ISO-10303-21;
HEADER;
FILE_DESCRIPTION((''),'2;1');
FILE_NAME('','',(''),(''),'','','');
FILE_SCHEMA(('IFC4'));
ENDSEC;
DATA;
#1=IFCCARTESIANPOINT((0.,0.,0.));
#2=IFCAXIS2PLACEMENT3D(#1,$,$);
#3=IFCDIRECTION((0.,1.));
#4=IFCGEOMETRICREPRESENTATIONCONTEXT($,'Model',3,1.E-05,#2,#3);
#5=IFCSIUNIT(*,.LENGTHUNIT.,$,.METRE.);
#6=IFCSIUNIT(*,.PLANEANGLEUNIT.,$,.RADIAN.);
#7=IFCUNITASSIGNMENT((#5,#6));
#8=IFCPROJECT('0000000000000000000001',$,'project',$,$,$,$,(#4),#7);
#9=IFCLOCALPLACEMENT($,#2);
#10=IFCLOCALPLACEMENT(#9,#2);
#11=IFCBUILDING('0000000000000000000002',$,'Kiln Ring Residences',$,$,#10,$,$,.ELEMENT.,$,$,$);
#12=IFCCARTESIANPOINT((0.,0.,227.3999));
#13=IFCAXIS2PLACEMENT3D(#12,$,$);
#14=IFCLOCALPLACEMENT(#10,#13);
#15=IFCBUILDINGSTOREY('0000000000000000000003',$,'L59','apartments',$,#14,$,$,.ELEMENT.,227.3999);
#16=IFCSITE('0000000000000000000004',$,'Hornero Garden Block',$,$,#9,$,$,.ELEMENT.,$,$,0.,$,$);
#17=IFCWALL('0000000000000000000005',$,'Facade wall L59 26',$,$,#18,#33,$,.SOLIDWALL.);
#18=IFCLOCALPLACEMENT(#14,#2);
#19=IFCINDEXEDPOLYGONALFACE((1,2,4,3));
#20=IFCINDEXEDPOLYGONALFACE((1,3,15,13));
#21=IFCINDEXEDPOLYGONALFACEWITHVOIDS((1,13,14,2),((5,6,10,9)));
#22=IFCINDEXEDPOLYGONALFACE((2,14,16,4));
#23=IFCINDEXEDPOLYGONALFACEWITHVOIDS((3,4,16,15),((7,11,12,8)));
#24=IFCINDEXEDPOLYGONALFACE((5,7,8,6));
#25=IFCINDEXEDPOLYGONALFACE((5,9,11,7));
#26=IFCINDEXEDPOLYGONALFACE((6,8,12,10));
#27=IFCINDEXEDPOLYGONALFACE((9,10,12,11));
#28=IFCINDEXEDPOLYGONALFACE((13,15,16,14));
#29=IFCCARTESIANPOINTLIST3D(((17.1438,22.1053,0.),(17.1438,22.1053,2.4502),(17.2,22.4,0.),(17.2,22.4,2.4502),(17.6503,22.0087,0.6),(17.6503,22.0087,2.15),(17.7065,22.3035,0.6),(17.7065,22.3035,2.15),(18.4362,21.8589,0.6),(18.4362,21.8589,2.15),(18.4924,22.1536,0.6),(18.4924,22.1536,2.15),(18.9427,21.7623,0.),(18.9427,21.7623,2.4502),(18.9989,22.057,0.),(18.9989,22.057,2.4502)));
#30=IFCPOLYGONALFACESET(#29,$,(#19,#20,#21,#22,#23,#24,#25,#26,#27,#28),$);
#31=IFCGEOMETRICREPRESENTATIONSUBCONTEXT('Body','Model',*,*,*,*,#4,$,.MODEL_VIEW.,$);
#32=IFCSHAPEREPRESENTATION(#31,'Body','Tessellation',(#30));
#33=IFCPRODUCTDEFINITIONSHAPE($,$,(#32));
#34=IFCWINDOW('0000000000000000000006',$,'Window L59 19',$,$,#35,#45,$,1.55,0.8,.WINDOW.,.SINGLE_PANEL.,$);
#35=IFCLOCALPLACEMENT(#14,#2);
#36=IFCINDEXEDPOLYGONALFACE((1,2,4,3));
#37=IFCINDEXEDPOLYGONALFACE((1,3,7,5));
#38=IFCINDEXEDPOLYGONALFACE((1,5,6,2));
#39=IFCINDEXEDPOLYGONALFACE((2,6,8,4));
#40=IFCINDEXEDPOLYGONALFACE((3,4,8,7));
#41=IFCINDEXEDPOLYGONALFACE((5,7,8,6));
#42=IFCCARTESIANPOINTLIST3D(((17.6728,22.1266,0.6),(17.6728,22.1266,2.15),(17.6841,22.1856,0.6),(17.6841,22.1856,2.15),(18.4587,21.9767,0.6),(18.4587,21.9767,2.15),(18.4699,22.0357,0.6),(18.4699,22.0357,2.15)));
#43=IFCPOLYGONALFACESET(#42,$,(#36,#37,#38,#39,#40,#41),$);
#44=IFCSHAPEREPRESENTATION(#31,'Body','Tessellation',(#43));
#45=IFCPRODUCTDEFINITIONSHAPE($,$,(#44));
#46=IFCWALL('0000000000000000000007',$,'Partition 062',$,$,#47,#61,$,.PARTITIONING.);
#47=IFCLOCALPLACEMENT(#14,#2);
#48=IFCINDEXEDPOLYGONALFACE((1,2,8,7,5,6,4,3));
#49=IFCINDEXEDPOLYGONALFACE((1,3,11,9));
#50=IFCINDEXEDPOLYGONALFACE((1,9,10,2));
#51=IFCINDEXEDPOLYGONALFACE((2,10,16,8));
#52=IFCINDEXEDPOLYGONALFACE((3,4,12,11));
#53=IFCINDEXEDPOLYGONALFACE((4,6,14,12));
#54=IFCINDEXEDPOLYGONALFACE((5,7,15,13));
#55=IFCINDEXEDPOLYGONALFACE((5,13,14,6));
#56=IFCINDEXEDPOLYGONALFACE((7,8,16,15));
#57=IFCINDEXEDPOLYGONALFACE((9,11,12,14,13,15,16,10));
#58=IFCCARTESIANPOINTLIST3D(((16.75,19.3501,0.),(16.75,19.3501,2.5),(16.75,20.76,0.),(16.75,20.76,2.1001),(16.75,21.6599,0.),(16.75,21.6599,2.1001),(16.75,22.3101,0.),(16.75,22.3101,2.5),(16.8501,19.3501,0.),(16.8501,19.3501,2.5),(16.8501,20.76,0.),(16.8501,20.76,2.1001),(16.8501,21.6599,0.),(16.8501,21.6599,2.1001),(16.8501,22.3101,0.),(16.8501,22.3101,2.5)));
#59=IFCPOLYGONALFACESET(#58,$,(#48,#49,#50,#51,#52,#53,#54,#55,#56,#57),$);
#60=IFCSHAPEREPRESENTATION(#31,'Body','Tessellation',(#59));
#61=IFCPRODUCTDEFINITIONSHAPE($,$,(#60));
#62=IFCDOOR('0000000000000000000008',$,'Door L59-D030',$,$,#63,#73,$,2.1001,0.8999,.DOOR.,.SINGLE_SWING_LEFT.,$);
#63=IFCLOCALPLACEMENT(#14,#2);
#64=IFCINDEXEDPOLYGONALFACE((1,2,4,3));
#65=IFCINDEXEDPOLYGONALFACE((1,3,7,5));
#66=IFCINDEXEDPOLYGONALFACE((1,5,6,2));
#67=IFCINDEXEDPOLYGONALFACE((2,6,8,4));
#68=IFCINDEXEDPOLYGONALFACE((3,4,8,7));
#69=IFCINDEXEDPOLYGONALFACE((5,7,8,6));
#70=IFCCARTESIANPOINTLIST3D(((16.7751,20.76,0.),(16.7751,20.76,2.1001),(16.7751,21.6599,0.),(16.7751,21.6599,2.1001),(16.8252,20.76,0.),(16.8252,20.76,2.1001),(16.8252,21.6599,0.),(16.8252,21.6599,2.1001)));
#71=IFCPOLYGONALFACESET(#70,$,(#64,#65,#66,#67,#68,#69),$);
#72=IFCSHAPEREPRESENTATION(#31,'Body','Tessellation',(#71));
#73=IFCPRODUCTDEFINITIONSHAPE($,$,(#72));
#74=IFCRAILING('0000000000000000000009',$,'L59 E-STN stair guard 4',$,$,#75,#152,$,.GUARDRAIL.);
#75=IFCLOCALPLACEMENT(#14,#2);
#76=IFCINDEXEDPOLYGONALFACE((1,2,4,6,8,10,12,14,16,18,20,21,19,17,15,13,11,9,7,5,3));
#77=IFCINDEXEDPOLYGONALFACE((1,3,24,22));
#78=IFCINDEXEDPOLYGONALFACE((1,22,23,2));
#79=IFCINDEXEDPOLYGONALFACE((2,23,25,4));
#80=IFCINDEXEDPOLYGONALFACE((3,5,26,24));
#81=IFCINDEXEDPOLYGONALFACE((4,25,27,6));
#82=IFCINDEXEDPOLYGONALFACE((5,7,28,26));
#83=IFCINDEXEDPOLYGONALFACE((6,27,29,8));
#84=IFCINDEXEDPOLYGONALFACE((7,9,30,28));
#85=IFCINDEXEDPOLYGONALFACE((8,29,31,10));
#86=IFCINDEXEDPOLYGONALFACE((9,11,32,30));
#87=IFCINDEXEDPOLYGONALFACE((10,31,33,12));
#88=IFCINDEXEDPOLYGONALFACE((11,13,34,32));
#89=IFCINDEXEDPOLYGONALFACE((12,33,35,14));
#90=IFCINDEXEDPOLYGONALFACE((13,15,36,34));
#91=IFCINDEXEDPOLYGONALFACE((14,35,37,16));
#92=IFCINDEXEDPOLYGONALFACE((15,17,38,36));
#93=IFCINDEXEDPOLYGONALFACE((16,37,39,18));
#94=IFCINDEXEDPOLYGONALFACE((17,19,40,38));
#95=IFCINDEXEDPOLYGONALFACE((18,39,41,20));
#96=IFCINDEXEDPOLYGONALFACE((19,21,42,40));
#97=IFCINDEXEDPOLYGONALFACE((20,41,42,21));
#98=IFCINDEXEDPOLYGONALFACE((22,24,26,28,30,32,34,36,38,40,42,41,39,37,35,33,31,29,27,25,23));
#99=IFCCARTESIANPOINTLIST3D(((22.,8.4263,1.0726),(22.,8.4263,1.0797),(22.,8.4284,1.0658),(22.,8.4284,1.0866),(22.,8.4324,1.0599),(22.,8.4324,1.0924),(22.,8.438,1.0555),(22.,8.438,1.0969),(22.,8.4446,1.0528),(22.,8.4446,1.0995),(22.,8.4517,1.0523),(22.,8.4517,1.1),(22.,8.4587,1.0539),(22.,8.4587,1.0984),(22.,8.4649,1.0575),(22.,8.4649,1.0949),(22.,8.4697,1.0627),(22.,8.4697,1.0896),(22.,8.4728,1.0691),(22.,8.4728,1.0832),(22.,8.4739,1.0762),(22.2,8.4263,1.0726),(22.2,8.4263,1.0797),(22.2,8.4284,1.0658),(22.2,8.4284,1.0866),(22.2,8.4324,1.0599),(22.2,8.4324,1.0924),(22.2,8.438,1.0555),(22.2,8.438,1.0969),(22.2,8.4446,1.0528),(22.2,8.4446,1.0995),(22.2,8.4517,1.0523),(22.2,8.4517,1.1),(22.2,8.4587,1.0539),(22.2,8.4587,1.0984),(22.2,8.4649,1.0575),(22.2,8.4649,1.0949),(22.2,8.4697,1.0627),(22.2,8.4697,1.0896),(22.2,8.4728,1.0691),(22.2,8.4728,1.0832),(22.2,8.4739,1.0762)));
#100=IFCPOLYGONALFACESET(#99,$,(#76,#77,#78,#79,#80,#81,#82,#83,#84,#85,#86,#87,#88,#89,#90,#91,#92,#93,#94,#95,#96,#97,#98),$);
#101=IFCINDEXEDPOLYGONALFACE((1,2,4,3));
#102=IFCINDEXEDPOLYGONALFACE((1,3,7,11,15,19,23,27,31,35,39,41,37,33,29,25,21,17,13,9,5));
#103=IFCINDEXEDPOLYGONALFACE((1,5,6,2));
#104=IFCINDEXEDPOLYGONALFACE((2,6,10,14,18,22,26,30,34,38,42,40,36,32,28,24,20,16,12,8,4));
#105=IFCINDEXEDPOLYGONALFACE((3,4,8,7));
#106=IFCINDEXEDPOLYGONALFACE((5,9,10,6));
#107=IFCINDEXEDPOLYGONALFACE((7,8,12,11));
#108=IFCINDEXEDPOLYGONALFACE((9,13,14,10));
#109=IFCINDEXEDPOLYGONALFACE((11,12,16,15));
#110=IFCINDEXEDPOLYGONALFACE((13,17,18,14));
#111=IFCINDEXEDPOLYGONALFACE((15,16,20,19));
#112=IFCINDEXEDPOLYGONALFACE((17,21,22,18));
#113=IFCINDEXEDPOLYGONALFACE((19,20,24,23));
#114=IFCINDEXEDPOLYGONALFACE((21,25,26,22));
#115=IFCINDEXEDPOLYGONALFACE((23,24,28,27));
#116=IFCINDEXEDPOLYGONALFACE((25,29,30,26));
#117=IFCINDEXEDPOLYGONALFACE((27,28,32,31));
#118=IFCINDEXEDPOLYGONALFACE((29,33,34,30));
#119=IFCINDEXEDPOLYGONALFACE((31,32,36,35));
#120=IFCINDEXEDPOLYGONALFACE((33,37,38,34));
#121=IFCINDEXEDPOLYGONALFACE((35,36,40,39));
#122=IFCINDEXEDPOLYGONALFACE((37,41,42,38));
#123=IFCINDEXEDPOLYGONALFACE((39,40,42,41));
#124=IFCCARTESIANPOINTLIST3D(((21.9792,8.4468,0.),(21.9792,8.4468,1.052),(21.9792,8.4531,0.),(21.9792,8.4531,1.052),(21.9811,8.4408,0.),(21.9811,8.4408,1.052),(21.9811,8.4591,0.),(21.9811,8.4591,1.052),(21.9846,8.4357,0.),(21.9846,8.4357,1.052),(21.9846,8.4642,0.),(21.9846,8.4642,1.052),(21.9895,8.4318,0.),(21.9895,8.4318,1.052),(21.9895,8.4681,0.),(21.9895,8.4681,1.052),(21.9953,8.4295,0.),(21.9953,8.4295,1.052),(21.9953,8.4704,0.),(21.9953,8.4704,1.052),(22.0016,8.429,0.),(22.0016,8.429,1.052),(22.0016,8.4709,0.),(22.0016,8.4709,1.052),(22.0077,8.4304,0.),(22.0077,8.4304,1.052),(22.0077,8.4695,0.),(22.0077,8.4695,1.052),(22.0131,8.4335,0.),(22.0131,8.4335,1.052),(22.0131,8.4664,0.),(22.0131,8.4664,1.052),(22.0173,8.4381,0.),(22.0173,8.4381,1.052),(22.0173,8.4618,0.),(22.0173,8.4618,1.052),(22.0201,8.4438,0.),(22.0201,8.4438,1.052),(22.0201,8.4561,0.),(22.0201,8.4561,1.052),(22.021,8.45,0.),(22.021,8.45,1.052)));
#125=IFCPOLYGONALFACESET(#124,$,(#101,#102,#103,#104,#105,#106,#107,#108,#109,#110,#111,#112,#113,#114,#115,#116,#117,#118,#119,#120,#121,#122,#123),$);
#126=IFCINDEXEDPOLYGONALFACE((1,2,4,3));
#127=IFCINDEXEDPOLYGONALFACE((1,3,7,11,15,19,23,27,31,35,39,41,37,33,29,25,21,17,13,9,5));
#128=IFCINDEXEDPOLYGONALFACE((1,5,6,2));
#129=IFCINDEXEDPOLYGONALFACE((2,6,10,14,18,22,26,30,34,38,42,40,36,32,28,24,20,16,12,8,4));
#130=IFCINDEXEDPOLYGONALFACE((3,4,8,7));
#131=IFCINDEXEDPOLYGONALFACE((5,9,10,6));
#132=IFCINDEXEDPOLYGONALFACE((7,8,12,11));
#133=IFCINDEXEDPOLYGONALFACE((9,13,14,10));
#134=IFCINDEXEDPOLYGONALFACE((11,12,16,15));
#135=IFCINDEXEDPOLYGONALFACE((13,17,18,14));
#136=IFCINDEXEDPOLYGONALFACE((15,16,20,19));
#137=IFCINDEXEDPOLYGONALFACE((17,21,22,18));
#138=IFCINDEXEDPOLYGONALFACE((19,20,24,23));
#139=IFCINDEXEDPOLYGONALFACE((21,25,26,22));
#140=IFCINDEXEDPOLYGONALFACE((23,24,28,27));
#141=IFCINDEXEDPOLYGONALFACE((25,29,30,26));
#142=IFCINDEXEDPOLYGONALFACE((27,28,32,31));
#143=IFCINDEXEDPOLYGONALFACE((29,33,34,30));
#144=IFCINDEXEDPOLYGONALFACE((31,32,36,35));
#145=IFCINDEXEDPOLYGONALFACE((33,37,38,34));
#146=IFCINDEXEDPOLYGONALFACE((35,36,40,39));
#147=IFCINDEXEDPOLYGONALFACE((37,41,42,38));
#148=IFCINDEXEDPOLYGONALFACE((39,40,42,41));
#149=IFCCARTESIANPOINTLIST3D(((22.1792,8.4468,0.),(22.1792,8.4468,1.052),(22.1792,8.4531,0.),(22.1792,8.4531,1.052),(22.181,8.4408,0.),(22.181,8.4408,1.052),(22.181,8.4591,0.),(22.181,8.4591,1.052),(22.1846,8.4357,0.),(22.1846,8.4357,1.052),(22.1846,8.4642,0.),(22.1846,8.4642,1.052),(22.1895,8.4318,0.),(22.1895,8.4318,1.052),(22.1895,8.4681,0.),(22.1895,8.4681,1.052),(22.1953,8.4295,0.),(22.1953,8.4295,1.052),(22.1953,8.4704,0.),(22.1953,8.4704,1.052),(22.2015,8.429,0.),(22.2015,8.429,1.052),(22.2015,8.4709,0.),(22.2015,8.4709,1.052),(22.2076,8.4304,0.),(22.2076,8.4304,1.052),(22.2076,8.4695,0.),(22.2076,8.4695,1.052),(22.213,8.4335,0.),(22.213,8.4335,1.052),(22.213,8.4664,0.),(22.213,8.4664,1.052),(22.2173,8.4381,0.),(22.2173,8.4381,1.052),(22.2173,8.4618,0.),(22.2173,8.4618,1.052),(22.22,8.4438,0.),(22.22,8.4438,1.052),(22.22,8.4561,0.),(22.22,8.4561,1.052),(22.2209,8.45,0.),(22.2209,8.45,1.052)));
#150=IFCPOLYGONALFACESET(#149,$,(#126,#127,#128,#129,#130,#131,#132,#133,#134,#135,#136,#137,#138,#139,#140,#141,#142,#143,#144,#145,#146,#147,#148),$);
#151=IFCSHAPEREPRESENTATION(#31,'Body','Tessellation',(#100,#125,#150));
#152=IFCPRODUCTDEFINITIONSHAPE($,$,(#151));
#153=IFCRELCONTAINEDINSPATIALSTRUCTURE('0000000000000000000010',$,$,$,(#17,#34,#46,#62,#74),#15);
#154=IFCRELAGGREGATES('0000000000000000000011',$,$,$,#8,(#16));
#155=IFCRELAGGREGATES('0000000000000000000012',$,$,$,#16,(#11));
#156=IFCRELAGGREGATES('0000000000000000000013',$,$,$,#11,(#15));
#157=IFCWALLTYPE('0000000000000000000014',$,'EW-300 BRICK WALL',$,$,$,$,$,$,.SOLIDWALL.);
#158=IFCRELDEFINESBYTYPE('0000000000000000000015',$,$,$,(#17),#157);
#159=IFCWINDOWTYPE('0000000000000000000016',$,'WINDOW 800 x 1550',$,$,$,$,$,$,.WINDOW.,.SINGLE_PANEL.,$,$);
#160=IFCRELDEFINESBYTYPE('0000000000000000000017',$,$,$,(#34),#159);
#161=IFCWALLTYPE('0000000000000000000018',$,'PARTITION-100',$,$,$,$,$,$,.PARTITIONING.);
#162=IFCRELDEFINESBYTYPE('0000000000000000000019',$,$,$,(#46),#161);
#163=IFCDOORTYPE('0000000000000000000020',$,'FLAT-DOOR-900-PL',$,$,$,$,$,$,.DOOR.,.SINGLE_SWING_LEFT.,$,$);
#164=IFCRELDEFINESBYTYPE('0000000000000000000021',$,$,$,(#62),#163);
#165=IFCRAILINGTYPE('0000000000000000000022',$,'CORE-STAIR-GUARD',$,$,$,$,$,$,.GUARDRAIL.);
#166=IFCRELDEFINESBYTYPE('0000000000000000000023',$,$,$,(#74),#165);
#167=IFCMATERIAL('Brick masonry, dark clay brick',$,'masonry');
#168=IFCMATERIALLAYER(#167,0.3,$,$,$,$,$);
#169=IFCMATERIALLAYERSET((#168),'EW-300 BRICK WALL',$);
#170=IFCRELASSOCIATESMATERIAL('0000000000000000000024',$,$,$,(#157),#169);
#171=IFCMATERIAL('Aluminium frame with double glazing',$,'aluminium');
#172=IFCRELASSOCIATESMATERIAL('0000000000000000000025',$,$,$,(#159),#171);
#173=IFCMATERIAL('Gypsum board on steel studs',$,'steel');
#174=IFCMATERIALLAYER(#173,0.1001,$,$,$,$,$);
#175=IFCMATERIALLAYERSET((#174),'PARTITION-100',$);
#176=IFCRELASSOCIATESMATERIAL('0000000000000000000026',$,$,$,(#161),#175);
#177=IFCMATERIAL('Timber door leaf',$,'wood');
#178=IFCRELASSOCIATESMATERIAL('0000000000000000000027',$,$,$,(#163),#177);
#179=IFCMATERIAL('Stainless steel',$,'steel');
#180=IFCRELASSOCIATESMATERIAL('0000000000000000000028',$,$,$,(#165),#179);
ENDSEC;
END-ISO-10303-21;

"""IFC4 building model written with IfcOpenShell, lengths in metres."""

from ifc_helpers import new_model, si_unit, direction, frame, frame_2d, origin, origin_2d, place, context, subcontext, project, spatial, rectangle, circle, extrude, material, layer, layer_set, type_object, element, fill, save


model = new_model("IFC4")

# Units and contexts
model_context = context("Model", 3, precision=1e-05, world=origin(), true_north=direction((0.0, 1.0)))
body_context = subcontext(model_context, "Body", "Model", "MODEL_VIEW")
ifc_project = project(units=[si_unit("LENGTHUNIT", "METRE"), si_unit("PLANEANGLEUNIT", "RADIAN")], contexts=[model_context])

# Site, building, storey
site_placement = place(None, origin())
site = spatial("IfcSite", under=ifc_project, at=site_placement, Name="Hornero Garden Block", CompositionType="ELEMENT", RefElevation=0.0)
building_placement = place(site_placement, origin())
building = spatial("IfcBuilding", under=site, at=building_placement, Name="Kiln Ring Residences", CompositionType="ELEMENT")
storey_placement = place(building_placement, frame((0.0, 0.0, 227.3999)))
storey = spatial("IfcBuildingStorey", under=building, at=storey_placement, Name="L59", Description="apartments", CompositionType="ELEMENT", Elevation=227.3999)

# Shared definitions
ifc_material_1 = material(Name="Brick masonry, dark clay brick", Category="masonry")
ifc_layer_1 = layer(ifc_material_1, 0.3)
ifc_layer_set_1 = layer_set([ifc_layer_1], Name="EW-300 BRICK WALL")
wall_type_1 = type_object("IfcWallType", Name="EW-300 BRICK WALL", PredefinedType="SOLIDWALL", material=ifc_layer_set_1)

# Shared definitions
ifc_material_2 = material(Name="Aluminium frame with double glazing", Category="aluminium")
window_type = type_object("IfcWindowType", Name="WINDOW 800 x 1550", PartitioningType="SINGLE_PANEL", PredefinedType="WINDOW", material=ifc_material_2)

# Wall, opening, window
wall_1_placement = place(storey_placement, frame((18.9707, 21.9097, 0.0), z_axis=(0.0, 0.0, 1.0), x_axis=(-0.9823, 0.187314, 0.0)))
wall_1 = element("IfcWall", 1, at=wall_1_placement, inside=storey, type_object=wall_type_1, Name="Facade wall L59 26", PredefinedType="SOLIDWALL", context=body_context, shape_type="SweptSolid", body=[
    extrude(rectangle(XDim=1.8313, YDim=0.3, at=frame_2d((0.9155, 0.0))), origin(), (0.0, 0.0, 1.0), 2.4502),
])
opening_1_placement = place(wall_1_placement, frame((0.5156, 0.0, 0.6001)))
opening_1 = element("IfcOpeningElement", 2, at=opening_1_placement, cuts=wall_1, PredefinedType="OPENING", context=body_context, shape_type="SweptSolid", body=[
    extrude(rectangle(XDim=0.8, YDim=1.55, at=frame_2d((0.3999, 0.7749))), frame((0.0, 0.1599, 0.0), z_axis=(0.0, -1.0, 0.0), x_axis=(1.0, 0.0, 0.0)), (0.0, 0.0, 1.0), 0.3201),
])
window_1_placement = place(opening_1_placement, origin())
window_1 = element("IfcWindow", 3, at=window_1_placement, inside=storey, type_object=window_type, Name="Window L59 19", OverallHeight=1.55, OverallWidth=0.8, PartitioningType="SINGLE_PANEL", PredefinedType="WINDOW", context=body_context, shape_type="SweptSolid", body=[
    extrude(rectangle(XDim=0.8, YDim=1.55, at=frame_2d((0.3999, 0.7749))), frame((0.0, 0.03, 0.0), z_axis=(0.0, -1.0, 0.0), x_axis=(1.0, 0.0, 0.0)), (0.0, 0.0, 1.0), 0.0601),
])
fill(opening_1, window_1)

# Wall, opening, door
ifc_material_3 = material(Name="Gypsum board on steel studs", Category="steel")
ifc_layer_2 = layer(ifc_material_3, 0.1001)
ifc_layer_set_2 = layer_set([ifc_layer_2], Name="PARTITION-100")
wall_type_2 = type_object("IfcWallType", Name="PARTITION-100", PredefinedType="PARTITIONING", material=ifc_layer_set_2)
wall_2_placement = place(storey_placement, frame((16.8, 19.3501, 0.0), z_axis=(0.0, 0.0, 1.0), x_axis=(0.0, 1.0, 0.0)))
wall_2 = element("IfcWall", 4, at=wall_2_placement, inside=storey, type_object=wall_type_2, Name="Partition 062", PredefinedType="PARTITIONING", context=body_context, shape_type="SweptSolid", body=[
    extrude(rectangle(XDim=2.96, YDim=0.1001, at=frame_2d((1.48, 0.0))), origin(), (0.0, 0.0, 1.0), 2.5),
])
opening_2_placement = place(wall_2_placement, frame((1.4099, 0.0, 0.0)))
opening_2 = element("IfcOpeningElement", 5, at=opening_2_placement, cuts=wall_2, PredefinedType="OPENING", context=body_context, shape_type="SweptSolid", body=[
    extrude(rectangle(XDim=0.8999, YDim=2.1001, at=frame_2d((0.45, 1.05))), frame((0.0, 0.0601, 0.0), z_axis=(0.0, -1.0, 0.0), x_axis=(1.0, 0.0, 0.0)), (0.0, 0.0, 1.0), 0.1201),
])
ifc_material_4 = material(Name="Timber door leaf", Category="wood")
door_type_1 = type_object("IfcDoorType", Name="FLAT-DOOR-900-PL", OperationType="SINGLE_SWING_LEFT", PredefinedType="DOOR", material=ifc_material_4)
door_1_placement = place(opening_2_placement, origin())
door_1 = element("IfcDoor", 6, at=door_1_placement, inside=storey, type_object=door_type_1, Name="Door L59-D030", OperationType="SINGLE_SWING_LEFT", OverallHeight=2.1001, OverallWidth=0.8999, PredefinedType="DOOR", context=body_context, shape_type="SweptSolid", body=[
    extrude(rectangle(XDim=0.8999, YDim=2.1001, at=frame_2d((0.45, 1.05))), frame((0.0, 0.0249, 0.0), z_axis=(0.0, -1.0, 0.0), x_axis=(1.0, 0.0, 0.0)), (0.0, 0.0, 1.0), 0.05),
])
fill(opening_2, door_1)

# Railing
ifc_material_5 = material(Name="Stainless steel", Category="steel")
railing_type = type_object("IfcRailingType", Name="CORE-STAIR-GUARD", PredefinedType="GUARDRAIL", material=ifc_material_5)
railing_placement = place(storey_placement, frame((22.0, 8.45, 0.0)))
element("IfcRailing", 7, at=railing_placement, inside=storey, type_object=railing_type, Name="L59 E-STN stair guard 4", PredefinedType="GUARDRAIL", context=body_context, shape_type="SweptSolid", body=[
    extrude(circle(Radius=0.0239, at=origin_2d()), frame((0.0, 0.0, 1.0762), z_axis=(1.0, 0.0, 0.0), x_axis=(0.0, 1.0, 0.0)), (0.0, 0.0, 1.0), 0.2),
    extrude(circle(Radius=0.021, at=origin_2d()), origin(), (0.0, 0.0, 1.0), 1.052),
    extrude(circle(Radius=0.021, at=origin_2d()), frame((0.2, 0.0, 0.0)), (0.0, 0.0, 1.0), 1.052),
])

save(model, "model.ifc")
